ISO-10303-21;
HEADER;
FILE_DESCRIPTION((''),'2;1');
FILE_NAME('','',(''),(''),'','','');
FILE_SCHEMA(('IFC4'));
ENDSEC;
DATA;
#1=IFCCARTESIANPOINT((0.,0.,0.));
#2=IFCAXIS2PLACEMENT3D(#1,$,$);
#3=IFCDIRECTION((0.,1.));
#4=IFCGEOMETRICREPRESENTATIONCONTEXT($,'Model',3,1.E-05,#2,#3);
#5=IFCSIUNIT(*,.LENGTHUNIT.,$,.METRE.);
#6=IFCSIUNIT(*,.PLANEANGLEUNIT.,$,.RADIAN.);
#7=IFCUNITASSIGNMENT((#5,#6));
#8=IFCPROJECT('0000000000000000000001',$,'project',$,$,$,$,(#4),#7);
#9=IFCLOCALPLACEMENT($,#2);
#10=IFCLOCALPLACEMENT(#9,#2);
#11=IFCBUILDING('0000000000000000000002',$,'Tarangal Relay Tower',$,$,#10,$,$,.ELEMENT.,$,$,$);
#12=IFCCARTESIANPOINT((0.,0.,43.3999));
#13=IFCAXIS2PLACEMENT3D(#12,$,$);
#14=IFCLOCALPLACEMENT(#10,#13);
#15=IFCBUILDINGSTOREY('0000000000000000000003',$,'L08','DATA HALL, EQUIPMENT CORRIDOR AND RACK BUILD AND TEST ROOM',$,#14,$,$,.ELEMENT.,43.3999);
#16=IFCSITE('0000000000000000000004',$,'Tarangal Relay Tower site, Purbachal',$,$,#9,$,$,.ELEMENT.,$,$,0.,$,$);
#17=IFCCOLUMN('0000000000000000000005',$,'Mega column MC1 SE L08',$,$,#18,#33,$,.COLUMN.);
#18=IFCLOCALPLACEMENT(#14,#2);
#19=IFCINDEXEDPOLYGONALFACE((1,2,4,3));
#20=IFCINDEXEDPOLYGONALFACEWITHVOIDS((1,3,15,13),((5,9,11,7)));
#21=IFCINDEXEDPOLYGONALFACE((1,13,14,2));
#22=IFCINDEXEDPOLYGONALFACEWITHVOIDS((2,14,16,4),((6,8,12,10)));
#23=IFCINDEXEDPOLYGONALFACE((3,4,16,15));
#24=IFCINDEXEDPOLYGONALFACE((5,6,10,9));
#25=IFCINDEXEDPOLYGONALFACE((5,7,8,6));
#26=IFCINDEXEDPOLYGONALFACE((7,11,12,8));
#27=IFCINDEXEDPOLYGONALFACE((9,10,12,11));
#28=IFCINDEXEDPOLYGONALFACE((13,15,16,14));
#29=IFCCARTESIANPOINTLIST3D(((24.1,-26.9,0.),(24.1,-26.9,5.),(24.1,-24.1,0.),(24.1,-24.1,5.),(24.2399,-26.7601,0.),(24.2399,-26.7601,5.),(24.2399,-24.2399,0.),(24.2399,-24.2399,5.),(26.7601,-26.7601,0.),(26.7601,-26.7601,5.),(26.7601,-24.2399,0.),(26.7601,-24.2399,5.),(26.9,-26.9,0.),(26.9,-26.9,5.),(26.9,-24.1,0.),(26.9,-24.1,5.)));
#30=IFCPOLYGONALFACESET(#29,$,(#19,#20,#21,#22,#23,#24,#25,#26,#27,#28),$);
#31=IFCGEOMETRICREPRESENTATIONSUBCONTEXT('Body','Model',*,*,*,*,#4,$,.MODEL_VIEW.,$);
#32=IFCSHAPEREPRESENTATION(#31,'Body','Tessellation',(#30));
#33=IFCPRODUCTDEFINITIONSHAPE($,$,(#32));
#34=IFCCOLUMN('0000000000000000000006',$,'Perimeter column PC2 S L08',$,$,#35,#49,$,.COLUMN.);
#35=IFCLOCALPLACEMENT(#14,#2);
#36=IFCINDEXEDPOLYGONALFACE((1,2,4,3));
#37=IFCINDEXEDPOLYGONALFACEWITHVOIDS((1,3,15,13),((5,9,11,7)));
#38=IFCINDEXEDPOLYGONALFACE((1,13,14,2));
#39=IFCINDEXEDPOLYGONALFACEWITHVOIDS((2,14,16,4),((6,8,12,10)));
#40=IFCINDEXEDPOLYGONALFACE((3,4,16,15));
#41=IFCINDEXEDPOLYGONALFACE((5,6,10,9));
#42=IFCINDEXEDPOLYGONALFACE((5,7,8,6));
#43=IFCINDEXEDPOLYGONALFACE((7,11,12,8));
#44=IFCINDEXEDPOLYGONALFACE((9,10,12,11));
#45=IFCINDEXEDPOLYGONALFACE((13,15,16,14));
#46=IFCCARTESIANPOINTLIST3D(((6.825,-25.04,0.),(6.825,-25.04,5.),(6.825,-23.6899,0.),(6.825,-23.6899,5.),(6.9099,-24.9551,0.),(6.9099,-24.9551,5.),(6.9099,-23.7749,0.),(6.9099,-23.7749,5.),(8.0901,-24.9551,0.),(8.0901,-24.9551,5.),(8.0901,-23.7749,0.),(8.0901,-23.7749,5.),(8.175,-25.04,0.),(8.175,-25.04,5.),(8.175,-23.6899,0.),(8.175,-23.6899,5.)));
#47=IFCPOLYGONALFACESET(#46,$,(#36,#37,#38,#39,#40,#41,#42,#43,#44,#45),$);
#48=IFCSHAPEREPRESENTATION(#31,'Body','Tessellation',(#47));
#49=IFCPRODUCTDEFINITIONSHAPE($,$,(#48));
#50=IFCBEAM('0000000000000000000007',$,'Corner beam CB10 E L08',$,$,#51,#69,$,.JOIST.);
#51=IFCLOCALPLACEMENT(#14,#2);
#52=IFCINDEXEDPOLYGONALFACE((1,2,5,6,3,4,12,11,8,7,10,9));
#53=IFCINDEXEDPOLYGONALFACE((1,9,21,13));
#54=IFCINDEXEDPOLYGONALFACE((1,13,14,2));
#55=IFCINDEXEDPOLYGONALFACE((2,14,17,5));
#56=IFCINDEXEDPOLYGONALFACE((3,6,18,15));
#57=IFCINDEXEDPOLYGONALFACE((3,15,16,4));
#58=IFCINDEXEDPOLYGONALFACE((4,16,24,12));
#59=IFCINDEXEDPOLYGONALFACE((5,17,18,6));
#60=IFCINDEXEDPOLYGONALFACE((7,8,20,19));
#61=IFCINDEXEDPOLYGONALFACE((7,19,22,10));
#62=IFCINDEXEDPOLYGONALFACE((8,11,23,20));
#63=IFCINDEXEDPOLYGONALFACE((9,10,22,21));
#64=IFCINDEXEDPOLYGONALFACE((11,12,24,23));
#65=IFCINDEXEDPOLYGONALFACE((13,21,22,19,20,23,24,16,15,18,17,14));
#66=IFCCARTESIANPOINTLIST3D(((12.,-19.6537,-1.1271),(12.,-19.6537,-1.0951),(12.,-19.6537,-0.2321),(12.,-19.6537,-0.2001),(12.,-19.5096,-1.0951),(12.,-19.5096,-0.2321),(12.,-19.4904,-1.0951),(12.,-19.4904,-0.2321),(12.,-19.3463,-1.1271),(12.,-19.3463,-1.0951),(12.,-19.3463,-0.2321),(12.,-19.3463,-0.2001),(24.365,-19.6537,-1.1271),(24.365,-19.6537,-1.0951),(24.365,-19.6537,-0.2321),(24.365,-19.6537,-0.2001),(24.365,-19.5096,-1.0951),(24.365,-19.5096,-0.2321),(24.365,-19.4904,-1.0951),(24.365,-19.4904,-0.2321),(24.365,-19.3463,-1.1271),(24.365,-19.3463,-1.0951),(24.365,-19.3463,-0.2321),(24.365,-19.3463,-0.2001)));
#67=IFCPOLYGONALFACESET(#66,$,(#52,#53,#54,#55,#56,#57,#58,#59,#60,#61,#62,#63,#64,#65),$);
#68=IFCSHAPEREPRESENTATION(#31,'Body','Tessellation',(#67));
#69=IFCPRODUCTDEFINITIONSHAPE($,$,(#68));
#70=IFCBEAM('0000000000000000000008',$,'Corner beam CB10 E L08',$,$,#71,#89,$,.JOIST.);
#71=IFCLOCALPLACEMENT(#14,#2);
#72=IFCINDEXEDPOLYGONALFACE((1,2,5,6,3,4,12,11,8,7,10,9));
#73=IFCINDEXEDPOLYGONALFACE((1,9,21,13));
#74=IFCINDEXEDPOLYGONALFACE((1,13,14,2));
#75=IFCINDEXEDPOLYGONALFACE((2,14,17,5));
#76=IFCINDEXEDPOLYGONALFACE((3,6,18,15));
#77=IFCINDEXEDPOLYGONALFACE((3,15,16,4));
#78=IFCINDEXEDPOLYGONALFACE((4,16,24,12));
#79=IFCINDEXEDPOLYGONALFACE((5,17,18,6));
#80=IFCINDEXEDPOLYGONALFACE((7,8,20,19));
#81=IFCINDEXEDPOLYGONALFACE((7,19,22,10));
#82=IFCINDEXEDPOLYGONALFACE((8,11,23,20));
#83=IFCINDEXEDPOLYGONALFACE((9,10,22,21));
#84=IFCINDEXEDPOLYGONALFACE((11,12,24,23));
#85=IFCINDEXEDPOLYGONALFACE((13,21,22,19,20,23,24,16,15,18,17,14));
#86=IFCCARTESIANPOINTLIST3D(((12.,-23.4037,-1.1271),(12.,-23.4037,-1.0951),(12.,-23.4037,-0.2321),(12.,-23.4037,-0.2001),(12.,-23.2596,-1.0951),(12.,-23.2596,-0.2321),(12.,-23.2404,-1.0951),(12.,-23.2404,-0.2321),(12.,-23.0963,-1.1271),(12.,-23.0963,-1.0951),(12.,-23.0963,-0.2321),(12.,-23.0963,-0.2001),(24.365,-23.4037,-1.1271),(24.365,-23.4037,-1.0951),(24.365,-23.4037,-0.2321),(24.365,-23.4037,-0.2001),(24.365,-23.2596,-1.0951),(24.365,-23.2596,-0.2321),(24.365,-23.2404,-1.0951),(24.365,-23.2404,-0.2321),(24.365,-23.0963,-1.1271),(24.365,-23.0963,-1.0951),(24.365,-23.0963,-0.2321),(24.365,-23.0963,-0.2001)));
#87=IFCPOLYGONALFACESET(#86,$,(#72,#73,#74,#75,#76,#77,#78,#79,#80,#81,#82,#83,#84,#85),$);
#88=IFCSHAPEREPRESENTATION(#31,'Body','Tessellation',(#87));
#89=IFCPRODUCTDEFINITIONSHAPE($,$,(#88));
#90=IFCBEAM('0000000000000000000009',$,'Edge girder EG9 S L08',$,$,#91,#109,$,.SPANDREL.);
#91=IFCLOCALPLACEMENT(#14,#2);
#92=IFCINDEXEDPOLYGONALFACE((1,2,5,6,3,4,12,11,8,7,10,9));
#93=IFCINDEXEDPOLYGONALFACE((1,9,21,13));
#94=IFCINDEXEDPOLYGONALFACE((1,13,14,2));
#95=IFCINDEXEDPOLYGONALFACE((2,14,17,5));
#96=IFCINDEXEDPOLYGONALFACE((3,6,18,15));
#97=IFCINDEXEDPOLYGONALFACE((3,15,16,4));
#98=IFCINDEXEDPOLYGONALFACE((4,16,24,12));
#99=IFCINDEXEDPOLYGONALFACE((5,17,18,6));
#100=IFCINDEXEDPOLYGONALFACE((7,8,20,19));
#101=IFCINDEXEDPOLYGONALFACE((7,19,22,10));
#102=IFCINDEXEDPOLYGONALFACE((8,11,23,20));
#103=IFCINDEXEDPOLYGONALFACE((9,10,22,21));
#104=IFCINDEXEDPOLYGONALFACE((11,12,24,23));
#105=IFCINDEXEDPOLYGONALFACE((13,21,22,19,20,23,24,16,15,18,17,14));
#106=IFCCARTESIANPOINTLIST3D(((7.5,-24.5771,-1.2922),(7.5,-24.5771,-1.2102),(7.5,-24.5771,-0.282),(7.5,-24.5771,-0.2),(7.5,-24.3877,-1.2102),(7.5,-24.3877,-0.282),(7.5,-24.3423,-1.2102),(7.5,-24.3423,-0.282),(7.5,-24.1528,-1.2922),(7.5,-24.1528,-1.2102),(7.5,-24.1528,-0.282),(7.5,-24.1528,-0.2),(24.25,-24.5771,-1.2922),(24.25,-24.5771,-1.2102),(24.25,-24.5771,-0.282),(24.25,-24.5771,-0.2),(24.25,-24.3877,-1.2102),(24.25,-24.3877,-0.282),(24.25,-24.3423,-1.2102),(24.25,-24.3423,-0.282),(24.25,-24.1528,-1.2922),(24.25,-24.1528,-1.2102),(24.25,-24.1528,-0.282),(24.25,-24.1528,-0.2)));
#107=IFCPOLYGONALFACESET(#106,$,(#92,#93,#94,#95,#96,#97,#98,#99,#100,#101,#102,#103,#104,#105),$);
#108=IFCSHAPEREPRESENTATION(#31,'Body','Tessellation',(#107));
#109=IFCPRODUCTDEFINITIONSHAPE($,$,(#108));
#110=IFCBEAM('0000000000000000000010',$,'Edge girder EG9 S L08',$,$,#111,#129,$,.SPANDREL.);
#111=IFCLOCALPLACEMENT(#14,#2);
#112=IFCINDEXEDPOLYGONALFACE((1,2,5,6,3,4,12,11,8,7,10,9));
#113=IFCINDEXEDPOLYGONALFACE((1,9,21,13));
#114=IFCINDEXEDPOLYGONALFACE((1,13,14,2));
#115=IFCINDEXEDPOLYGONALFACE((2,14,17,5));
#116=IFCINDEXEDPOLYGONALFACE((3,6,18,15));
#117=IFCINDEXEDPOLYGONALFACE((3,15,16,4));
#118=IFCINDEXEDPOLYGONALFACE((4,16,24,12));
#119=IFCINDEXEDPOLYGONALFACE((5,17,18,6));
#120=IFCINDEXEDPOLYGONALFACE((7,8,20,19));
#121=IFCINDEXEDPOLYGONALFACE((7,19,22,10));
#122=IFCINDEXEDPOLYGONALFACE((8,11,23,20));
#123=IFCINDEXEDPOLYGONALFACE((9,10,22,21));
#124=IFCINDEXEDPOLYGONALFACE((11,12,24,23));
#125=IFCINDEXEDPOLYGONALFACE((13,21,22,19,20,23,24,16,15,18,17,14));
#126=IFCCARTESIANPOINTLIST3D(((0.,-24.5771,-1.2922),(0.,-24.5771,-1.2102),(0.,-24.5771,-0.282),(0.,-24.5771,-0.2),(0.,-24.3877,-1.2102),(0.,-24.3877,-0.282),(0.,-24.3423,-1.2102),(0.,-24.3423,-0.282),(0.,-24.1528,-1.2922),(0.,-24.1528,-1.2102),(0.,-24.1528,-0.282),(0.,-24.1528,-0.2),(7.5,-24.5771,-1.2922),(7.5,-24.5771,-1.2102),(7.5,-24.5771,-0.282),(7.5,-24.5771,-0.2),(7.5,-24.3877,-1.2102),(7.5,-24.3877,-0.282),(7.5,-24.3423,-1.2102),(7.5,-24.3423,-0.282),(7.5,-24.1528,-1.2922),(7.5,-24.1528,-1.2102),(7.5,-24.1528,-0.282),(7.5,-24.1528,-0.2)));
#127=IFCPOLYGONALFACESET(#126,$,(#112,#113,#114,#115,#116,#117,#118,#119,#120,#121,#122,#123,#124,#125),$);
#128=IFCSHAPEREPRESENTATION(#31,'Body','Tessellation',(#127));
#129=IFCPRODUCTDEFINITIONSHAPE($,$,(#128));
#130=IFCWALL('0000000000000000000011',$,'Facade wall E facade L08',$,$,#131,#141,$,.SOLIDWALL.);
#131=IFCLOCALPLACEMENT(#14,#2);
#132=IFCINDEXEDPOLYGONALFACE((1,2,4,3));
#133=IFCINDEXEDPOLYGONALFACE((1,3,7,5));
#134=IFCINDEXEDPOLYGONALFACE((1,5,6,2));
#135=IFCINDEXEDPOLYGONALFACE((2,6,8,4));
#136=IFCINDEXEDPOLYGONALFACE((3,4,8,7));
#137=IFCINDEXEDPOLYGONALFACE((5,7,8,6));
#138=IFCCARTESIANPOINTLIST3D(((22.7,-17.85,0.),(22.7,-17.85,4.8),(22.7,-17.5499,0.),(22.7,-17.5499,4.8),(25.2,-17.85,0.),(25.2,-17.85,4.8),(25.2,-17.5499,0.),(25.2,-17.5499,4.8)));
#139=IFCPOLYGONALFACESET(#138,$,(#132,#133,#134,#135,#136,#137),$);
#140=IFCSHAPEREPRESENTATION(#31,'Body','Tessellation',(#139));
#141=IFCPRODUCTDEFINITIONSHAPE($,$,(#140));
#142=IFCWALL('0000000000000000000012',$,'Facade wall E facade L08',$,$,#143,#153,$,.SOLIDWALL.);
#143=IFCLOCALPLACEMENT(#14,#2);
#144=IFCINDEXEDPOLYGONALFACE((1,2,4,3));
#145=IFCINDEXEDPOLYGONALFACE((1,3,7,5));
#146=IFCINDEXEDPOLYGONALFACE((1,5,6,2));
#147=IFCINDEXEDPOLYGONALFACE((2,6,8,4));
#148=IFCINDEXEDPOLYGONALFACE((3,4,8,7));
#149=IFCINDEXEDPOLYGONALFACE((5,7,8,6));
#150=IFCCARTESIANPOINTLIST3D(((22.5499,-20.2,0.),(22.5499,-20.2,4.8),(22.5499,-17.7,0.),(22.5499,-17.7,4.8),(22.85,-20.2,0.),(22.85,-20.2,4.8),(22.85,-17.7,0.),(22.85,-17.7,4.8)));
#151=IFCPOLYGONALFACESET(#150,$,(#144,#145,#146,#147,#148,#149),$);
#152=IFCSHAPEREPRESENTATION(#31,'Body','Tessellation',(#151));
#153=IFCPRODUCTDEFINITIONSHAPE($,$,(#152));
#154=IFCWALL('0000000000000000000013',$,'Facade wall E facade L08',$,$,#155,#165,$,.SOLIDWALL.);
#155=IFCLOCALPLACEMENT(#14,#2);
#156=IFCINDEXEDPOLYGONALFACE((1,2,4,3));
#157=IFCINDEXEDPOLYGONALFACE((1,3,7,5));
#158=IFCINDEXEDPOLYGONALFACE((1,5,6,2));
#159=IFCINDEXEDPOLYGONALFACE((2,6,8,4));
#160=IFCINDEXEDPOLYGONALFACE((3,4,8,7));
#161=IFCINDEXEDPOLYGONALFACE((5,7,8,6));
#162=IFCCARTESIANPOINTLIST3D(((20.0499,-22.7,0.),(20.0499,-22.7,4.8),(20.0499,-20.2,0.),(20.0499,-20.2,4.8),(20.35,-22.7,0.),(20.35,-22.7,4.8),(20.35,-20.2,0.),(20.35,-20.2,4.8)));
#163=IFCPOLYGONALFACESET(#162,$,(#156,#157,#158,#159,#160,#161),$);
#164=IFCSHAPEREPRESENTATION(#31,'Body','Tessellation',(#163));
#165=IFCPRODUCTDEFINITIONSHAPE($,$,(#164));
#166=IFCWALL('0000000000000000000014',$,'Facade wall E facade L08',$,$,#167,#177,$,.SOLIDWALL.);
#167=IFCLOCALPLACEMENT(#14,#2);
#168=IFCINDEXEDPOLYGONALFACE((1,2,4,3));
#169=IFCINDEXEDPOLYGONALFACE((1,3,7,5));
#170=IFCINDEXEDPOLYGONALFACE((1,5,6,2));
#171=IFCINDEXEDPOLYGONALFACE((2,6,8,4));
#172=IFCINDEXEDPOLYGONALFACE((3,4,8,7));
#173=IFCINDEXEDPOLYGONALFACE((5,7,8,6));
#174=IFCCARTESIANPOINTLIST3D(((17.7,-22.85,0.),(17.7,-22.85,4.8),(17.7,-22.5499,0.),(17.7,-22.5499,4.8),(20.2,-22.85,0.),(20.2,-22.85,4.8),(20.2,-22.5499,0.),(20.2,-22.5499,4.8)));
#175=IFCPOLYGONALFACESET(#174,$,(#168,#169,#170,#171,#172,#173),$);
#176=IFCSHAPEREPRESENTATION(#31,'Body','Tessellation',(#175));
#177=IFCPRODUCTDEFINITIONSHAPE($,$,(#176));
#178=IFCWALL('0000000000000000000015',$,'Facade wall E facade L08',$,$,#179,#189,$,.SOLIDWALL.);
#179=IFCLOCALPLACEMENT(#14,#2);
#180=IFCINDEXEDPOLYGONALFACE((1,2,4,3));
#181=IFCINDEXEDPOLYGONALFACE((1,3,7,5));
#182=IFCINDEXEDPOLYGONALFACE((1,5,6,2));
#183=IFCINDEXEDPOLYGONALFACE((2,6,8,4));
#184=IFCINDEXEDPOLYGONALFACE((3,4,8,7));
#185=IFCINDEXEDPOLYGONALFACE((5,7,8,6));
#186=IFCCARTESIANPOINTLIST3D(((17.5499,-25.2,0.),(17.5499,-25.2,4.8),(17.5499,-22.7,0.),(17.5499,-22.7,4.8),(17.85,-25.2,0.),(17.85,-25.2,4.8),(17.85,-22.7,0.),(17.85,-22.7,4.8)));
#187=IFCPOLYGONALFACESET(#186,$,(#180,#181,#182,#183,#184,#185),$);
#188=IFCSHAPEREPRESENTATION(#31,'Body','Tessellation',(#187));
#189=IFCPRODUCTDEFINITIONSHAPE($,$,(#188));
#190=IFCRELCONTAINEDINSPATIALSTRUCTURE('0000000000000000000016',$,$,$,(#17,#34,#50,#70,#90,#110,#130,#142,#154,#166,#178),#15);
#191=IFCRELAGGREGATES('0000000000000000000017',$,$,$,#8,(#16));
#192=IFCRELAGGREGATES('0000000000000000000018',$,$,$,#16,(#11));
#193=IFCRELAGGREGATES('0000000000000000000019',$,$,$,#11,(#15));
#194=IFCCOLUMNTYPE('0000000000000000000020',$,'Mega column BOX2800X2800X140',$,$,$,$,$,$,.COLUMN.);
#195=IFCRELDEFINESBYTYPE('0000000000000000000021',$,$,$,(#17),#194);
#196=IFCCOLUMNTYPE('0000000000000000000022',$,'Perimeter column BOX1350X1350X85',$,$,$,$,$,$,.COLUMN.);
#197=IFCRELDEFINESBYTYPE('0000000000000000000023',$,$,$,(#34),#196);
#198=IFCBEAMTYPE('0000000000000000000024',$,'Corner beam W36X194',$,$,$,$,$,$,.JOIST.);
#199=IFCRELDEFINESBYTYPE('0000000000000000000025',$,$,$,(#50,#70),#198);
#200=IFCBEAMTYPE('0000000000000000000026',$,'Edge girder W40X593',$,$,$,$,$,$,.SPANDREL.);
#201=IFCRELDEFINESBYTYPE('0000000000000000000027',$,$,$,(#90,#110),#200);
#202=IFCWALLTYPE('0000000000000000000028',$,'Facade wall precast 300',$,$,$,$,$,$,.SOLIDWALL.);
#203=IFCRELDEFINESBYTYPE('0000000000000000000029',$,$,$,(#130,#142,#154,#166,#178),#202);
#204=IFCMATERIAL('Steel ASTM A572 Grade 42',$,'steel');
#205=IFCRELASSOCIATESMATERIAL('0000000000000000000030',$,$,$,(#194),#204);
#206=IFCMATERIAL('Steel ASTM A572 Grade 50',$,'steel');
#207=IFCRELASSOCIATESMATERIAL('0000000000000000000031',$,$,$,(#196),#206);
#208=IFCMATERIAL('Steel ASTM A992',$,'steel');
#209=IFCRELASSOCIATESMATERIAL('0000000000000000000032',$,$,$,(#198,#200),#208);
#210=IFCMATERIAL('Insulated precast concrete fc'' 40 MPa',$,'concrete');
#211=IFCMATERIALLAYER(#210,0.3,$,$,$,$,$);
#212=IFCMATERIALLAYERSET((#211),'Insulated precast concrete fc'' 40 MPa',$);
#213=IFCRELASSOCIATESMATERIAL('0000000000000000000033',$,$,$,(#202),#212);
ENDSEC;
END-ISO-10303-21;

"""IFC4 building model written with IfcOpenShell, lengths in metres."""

from ifc_helpers import new_model, si_unit, direction, frame, frame_2d, origin, origin_2d, place, context, subcontext, project, spatial, rectangle, hollow_rectangle, i_section, extrude, material, layer, layer_set, material_profile, profile_set, type_object, element, save


model = new_model("IFC4")

# Units and contexts
model_context = context("Model", 3, precision=1e-05, world=origin(), true_north=direction((0.0, 1.0)))
body_context = subcontext(model_context, "Body", "Model", "MODEL_VIEW")
ifc_project = project(units=[si_unit("LENGTHUNIT", "METRE"), si_unit("PLANEANGLEUNIT", "RADIAN")], contexts=[model_context])

# Site, building, storey
site_placement = place(None, origin())
site = spatial("IfcSite", under=ifc_project, at=site_placement, Name="Tarangal Relay Tower site, Purbachal", CompositionType="ELEMENT", RefElevation=0.0)
building_placement = place(site_placement, origin())
building = spatial("IfcBuilding", under=site, at=building_placement, Name="Tarangal Relay Tower", CompositionType="ELEMENT")
storey_placement = place(building_placement, frame((0.0, 0.0, 43.3999)))
storey = spatial("IfcBuildingStorey", under=building, at=storey_placement, Name="L08", Description="DATA HALL, EQUIPMENT CORRIDOR AND RACK BUILD AND TEST ROOM", CompositionType="ELEMENT", Elevation=43.3999)

# Columns
ifc_material_1 = material(Name="Steel ASTM A572 Grade 42", Category="steel")
ifc_material_profile_1 = material_profile(ifc_material_1, hollow_rectangle(XDim=2.8, YDim=2.8, WallThickness=0.1399, at=origin_2d()), Name="BOX2800X2800X140")
ifc_profile_set_1 = profile_set([ifc_material_profile_1], Name="Steel ASTM A572 Grade 42")
column_type_1 = type_object("IfcColumnType", Name="Mega column BOX2800X2800X140", PredefinedType="COLUMN", material=ifc_profile_set_1)
column_1_placement = place(storey_placement, frame((25.5, -25.5, 0.0), z_axis=(0.0, 0.0, 1.0), x_axis=(1.0, 0.0, 0.0)))
element("IfcColumn", 1, at=column_1_placement, inside=storey, type_object=column_type_1, Name="Mega column MC1 SE L08", PredefinedType="COLUMN", context=body_context, shape_type="SweptSolid", body=[
    extrude(hollow_rectangle(XDim=2.8, YDim=2.8, WallThickness=0.1399, at=origin_2d()), origin(), (0.0, 0.0, 1.0), 5.0),
])
ifc_material_2 = material(Name="Steel ASTM A572 Grade 50", Category="steel")
ifc_material_profile_2 = material_profile(ifc_material_2, hollow_rectangle(XDim=1.3501, YDim=1.3501, WallThickness=0.085, at=origin_2d()), Name="BOX1350X1350X85")
ifc_profile_set_2 = profile_set([ifc_material_profile_2], Name="Steel ASTM A572 Grade 50")
column_type_2 = type_object("IfcColumnType", Name="Perimeter column BOX1350X1350X85", PredefinedType="COLUMN", material=ifc_profile_set_2)
column_2_placement = place(storey_placement, frame((7.5, -24.365, 0.0), z_axis=(0.0, 0.0, 1.0), x_axis=(1.0, 0.0, 0.0)))
element("IfcColumn", 2, at=column_2_placement, inside=storey, type_object=column_type_2, Name="Perimeter column PC2 S L08", PredefinedType="COLUMN", context=body_context, shape_type="SweptSolid", body=[
    extrude(hollow_rectangle(XDim=1.3501, YDim=1.3501, WallThickness=0.085, at=origin_2d()), origin(), (0.0, 0.0, 1.0), 5.0),
])

# Beams
ifc_material_3 = material(Name="Steel ASTM A992", Category="steel")
ifc_material_profile_3 = material_profile(ifc_material_3, i_section(OverallWidth=0.3074, OverallDepth=0.927, WebThickness=0.0193, FlangeThickness=0.032, at=origin_2d()), Name="W36X194")
ifc_profile_set_3 = profile_set([ifc_material_profile_3], Name="Steel ASTM A992")
beam_type_1 = type_object("IfcBeamType", Name="Corner beam W36X194", PredefinedType="JOIST", material=ifc_profile_set_3)
for number, where, z_axis, x_axis, name in (
    (3, (12.0, -19.5, -0.6636), (1.0, 0.0, 0.0), (0.0, 1.0, 0.0), "Corner beam CB10 E L08"),
    (4, (12.0, -23.25, -0.6636), (1.0, 0.0, 0.0), (0.0, 1.0, 0.0), "Corner beam CB10 E L08"),
):
    element("IfcBeam", number, at=place(storey_placement, frame(where, z_axis=z_axis, x_axis=x_axis)), inside=storey, type_object=beam_type_1, Name=name, PredefinedType="JOIST", context=body_context, shape_type="SweptSolid", body=[
        extrude(i_section(OverallWidth=0.3074, OverallDepth=0.927, WebThickness=0.0193, FlangeThickness=0.032, at=origin_2d()), origin(), (0.0, 0.0, 1.0), 12.365),
    ])
ifc_material_profile_4 = material_profile(ifc_material_3, i_section(OverallWidth=0.4243, OverallDepth=1.0923, WebThickness=0.0454, FlangeThickness=0.082, at=origin_2d()), Name="W40X593")
ifc_profile_set_4 = profile_set([ifc_material_profile_4], Name="Steel ASTM A992")
beam_type_2 = type_object("IfcBeamType", Name="Edge girder W40X593", PredefinedType="SPANDREL", material=ifc_profile_set_4)
beam_1_placement = place(storey_placement, frame((24.25, -24.365, -0.7461), z_axis=(-1.0, 0.0, 0.0), x_axis=(0.0, -1.0, 0.0)))
element("IfcBeam", 5, at=beam_1_placement, inside=storey, type_object=beam_type_2, Name="Edge girder EG9 S L08", PredefinedType="SPANDREL", context=body_context, shape_type="SweptSolid", body=[
    extrude(i_section(OverallWidth=0.4243, OverallDepth=1.0923, WebThickness=0.0454, FlangeThickness=0.082, at=origin_2d()), origin(), (0.0, 0.0, 1.0), 16.75),
])
beam_2_placement = place(storey_placement, frame((7.5, -24.365, -0.7461), z_axis=(-1.0, 0.0, 0.0), x_axis=(0.0, -1.0, 0.0)))
element("IfcBeam", 6, at=beam_2_placement, inside=storey, type_object=beam_type_2, Name="Edge girder EG9 S L08", PredefinedType="SPANDREL", context=body_context, shape_type="SweptSolid", body=[
    extrude(i_section(OverallWidth=0.4243, OverallDepth=1.0923, WebThickness=0.0454, FlangeThickness=0.082, at=origin_2d()), origin(), (0.0, 0.0, 1.0), 7.5),
])

# Walls
ifc_material_4 = material(Name="Insulated precast concrete fc' 40 MPa", Category="concrete")
ifc_layer_1 = layer(ifc_material_4, 0.3)
ifc_layer_set_1 = layer_set([ifc_layer_1], Name="Insulated precast concrete fc' 40 MPa")
wall_type_1 = type_object("IfcWallType", Name="Facade wall precast 300", PredefinedType="SOLIDWALL", material=ifc_layer_set_1)
for number, where, z_axis, x_axis, name in (
    (7, (25.2, -17.7, 0.0), (0.0, 0.0, 1.0), (-1.0, 0.0, 0.0), "Facade wall E facade L08"),
    (8, (22.7, -17.7, 0.0), (0.0, 0.0, 1.0), (0.0, -1.0, 0.0), "Facade wall E facade L08"),
):
    element("IfcWall", number, at=place(storey_placement, frame(where, z_axis=z_axis, x_axis=x_axis)), inside=storey, type_object=wall_type_1, Name=name, PredefinedType="SOLIDWALL", context=body_context, shape_type="SweptSolid", body=[
        extrude(rectangle(XDim=2.5, YDim=0.3, at=frame_2d((1.25, 0.0))), origin(), (0.0, 0.0, 1.0), 4.8),
    ])

# Walls
for number, where, z_axis, x_axis, name in (
    (9, (20.2, -20.2, 0.0), (0.0, 0.0, 1.0), (0.0, -1.0, 0.0), "Facade wall E facade L08"),
    (10, (20.2, -22.7, 0.0), (0.0, 0.0, 1.0), (-1.0, 0.0, 0.0), "Facade wall E facade L08"),
    (11, (17.7, -22.7, 0.0), (0.0, 0.0, 1.0), (0.0, -1.0, 0.0), "Facade wall E facade L08"),
):
    element("IfcWall", number, at=place(storey_placement, frame(where, z_axis=z_axis, x_axis=x_axis)), inside=storey, type_object=wall_type_1, Name=name, PredefinedType="SOLIDWALL", context=body_context, shape_type="SweptSolid", body=[
        extrude(rectangle(XDim=2.5, YDim=0.3, at=frame_2d((1.25, 0.0))), origin(), (0.0, 0.0, 1.0), 4.8),
    ])

save(model, "model.ifc")
